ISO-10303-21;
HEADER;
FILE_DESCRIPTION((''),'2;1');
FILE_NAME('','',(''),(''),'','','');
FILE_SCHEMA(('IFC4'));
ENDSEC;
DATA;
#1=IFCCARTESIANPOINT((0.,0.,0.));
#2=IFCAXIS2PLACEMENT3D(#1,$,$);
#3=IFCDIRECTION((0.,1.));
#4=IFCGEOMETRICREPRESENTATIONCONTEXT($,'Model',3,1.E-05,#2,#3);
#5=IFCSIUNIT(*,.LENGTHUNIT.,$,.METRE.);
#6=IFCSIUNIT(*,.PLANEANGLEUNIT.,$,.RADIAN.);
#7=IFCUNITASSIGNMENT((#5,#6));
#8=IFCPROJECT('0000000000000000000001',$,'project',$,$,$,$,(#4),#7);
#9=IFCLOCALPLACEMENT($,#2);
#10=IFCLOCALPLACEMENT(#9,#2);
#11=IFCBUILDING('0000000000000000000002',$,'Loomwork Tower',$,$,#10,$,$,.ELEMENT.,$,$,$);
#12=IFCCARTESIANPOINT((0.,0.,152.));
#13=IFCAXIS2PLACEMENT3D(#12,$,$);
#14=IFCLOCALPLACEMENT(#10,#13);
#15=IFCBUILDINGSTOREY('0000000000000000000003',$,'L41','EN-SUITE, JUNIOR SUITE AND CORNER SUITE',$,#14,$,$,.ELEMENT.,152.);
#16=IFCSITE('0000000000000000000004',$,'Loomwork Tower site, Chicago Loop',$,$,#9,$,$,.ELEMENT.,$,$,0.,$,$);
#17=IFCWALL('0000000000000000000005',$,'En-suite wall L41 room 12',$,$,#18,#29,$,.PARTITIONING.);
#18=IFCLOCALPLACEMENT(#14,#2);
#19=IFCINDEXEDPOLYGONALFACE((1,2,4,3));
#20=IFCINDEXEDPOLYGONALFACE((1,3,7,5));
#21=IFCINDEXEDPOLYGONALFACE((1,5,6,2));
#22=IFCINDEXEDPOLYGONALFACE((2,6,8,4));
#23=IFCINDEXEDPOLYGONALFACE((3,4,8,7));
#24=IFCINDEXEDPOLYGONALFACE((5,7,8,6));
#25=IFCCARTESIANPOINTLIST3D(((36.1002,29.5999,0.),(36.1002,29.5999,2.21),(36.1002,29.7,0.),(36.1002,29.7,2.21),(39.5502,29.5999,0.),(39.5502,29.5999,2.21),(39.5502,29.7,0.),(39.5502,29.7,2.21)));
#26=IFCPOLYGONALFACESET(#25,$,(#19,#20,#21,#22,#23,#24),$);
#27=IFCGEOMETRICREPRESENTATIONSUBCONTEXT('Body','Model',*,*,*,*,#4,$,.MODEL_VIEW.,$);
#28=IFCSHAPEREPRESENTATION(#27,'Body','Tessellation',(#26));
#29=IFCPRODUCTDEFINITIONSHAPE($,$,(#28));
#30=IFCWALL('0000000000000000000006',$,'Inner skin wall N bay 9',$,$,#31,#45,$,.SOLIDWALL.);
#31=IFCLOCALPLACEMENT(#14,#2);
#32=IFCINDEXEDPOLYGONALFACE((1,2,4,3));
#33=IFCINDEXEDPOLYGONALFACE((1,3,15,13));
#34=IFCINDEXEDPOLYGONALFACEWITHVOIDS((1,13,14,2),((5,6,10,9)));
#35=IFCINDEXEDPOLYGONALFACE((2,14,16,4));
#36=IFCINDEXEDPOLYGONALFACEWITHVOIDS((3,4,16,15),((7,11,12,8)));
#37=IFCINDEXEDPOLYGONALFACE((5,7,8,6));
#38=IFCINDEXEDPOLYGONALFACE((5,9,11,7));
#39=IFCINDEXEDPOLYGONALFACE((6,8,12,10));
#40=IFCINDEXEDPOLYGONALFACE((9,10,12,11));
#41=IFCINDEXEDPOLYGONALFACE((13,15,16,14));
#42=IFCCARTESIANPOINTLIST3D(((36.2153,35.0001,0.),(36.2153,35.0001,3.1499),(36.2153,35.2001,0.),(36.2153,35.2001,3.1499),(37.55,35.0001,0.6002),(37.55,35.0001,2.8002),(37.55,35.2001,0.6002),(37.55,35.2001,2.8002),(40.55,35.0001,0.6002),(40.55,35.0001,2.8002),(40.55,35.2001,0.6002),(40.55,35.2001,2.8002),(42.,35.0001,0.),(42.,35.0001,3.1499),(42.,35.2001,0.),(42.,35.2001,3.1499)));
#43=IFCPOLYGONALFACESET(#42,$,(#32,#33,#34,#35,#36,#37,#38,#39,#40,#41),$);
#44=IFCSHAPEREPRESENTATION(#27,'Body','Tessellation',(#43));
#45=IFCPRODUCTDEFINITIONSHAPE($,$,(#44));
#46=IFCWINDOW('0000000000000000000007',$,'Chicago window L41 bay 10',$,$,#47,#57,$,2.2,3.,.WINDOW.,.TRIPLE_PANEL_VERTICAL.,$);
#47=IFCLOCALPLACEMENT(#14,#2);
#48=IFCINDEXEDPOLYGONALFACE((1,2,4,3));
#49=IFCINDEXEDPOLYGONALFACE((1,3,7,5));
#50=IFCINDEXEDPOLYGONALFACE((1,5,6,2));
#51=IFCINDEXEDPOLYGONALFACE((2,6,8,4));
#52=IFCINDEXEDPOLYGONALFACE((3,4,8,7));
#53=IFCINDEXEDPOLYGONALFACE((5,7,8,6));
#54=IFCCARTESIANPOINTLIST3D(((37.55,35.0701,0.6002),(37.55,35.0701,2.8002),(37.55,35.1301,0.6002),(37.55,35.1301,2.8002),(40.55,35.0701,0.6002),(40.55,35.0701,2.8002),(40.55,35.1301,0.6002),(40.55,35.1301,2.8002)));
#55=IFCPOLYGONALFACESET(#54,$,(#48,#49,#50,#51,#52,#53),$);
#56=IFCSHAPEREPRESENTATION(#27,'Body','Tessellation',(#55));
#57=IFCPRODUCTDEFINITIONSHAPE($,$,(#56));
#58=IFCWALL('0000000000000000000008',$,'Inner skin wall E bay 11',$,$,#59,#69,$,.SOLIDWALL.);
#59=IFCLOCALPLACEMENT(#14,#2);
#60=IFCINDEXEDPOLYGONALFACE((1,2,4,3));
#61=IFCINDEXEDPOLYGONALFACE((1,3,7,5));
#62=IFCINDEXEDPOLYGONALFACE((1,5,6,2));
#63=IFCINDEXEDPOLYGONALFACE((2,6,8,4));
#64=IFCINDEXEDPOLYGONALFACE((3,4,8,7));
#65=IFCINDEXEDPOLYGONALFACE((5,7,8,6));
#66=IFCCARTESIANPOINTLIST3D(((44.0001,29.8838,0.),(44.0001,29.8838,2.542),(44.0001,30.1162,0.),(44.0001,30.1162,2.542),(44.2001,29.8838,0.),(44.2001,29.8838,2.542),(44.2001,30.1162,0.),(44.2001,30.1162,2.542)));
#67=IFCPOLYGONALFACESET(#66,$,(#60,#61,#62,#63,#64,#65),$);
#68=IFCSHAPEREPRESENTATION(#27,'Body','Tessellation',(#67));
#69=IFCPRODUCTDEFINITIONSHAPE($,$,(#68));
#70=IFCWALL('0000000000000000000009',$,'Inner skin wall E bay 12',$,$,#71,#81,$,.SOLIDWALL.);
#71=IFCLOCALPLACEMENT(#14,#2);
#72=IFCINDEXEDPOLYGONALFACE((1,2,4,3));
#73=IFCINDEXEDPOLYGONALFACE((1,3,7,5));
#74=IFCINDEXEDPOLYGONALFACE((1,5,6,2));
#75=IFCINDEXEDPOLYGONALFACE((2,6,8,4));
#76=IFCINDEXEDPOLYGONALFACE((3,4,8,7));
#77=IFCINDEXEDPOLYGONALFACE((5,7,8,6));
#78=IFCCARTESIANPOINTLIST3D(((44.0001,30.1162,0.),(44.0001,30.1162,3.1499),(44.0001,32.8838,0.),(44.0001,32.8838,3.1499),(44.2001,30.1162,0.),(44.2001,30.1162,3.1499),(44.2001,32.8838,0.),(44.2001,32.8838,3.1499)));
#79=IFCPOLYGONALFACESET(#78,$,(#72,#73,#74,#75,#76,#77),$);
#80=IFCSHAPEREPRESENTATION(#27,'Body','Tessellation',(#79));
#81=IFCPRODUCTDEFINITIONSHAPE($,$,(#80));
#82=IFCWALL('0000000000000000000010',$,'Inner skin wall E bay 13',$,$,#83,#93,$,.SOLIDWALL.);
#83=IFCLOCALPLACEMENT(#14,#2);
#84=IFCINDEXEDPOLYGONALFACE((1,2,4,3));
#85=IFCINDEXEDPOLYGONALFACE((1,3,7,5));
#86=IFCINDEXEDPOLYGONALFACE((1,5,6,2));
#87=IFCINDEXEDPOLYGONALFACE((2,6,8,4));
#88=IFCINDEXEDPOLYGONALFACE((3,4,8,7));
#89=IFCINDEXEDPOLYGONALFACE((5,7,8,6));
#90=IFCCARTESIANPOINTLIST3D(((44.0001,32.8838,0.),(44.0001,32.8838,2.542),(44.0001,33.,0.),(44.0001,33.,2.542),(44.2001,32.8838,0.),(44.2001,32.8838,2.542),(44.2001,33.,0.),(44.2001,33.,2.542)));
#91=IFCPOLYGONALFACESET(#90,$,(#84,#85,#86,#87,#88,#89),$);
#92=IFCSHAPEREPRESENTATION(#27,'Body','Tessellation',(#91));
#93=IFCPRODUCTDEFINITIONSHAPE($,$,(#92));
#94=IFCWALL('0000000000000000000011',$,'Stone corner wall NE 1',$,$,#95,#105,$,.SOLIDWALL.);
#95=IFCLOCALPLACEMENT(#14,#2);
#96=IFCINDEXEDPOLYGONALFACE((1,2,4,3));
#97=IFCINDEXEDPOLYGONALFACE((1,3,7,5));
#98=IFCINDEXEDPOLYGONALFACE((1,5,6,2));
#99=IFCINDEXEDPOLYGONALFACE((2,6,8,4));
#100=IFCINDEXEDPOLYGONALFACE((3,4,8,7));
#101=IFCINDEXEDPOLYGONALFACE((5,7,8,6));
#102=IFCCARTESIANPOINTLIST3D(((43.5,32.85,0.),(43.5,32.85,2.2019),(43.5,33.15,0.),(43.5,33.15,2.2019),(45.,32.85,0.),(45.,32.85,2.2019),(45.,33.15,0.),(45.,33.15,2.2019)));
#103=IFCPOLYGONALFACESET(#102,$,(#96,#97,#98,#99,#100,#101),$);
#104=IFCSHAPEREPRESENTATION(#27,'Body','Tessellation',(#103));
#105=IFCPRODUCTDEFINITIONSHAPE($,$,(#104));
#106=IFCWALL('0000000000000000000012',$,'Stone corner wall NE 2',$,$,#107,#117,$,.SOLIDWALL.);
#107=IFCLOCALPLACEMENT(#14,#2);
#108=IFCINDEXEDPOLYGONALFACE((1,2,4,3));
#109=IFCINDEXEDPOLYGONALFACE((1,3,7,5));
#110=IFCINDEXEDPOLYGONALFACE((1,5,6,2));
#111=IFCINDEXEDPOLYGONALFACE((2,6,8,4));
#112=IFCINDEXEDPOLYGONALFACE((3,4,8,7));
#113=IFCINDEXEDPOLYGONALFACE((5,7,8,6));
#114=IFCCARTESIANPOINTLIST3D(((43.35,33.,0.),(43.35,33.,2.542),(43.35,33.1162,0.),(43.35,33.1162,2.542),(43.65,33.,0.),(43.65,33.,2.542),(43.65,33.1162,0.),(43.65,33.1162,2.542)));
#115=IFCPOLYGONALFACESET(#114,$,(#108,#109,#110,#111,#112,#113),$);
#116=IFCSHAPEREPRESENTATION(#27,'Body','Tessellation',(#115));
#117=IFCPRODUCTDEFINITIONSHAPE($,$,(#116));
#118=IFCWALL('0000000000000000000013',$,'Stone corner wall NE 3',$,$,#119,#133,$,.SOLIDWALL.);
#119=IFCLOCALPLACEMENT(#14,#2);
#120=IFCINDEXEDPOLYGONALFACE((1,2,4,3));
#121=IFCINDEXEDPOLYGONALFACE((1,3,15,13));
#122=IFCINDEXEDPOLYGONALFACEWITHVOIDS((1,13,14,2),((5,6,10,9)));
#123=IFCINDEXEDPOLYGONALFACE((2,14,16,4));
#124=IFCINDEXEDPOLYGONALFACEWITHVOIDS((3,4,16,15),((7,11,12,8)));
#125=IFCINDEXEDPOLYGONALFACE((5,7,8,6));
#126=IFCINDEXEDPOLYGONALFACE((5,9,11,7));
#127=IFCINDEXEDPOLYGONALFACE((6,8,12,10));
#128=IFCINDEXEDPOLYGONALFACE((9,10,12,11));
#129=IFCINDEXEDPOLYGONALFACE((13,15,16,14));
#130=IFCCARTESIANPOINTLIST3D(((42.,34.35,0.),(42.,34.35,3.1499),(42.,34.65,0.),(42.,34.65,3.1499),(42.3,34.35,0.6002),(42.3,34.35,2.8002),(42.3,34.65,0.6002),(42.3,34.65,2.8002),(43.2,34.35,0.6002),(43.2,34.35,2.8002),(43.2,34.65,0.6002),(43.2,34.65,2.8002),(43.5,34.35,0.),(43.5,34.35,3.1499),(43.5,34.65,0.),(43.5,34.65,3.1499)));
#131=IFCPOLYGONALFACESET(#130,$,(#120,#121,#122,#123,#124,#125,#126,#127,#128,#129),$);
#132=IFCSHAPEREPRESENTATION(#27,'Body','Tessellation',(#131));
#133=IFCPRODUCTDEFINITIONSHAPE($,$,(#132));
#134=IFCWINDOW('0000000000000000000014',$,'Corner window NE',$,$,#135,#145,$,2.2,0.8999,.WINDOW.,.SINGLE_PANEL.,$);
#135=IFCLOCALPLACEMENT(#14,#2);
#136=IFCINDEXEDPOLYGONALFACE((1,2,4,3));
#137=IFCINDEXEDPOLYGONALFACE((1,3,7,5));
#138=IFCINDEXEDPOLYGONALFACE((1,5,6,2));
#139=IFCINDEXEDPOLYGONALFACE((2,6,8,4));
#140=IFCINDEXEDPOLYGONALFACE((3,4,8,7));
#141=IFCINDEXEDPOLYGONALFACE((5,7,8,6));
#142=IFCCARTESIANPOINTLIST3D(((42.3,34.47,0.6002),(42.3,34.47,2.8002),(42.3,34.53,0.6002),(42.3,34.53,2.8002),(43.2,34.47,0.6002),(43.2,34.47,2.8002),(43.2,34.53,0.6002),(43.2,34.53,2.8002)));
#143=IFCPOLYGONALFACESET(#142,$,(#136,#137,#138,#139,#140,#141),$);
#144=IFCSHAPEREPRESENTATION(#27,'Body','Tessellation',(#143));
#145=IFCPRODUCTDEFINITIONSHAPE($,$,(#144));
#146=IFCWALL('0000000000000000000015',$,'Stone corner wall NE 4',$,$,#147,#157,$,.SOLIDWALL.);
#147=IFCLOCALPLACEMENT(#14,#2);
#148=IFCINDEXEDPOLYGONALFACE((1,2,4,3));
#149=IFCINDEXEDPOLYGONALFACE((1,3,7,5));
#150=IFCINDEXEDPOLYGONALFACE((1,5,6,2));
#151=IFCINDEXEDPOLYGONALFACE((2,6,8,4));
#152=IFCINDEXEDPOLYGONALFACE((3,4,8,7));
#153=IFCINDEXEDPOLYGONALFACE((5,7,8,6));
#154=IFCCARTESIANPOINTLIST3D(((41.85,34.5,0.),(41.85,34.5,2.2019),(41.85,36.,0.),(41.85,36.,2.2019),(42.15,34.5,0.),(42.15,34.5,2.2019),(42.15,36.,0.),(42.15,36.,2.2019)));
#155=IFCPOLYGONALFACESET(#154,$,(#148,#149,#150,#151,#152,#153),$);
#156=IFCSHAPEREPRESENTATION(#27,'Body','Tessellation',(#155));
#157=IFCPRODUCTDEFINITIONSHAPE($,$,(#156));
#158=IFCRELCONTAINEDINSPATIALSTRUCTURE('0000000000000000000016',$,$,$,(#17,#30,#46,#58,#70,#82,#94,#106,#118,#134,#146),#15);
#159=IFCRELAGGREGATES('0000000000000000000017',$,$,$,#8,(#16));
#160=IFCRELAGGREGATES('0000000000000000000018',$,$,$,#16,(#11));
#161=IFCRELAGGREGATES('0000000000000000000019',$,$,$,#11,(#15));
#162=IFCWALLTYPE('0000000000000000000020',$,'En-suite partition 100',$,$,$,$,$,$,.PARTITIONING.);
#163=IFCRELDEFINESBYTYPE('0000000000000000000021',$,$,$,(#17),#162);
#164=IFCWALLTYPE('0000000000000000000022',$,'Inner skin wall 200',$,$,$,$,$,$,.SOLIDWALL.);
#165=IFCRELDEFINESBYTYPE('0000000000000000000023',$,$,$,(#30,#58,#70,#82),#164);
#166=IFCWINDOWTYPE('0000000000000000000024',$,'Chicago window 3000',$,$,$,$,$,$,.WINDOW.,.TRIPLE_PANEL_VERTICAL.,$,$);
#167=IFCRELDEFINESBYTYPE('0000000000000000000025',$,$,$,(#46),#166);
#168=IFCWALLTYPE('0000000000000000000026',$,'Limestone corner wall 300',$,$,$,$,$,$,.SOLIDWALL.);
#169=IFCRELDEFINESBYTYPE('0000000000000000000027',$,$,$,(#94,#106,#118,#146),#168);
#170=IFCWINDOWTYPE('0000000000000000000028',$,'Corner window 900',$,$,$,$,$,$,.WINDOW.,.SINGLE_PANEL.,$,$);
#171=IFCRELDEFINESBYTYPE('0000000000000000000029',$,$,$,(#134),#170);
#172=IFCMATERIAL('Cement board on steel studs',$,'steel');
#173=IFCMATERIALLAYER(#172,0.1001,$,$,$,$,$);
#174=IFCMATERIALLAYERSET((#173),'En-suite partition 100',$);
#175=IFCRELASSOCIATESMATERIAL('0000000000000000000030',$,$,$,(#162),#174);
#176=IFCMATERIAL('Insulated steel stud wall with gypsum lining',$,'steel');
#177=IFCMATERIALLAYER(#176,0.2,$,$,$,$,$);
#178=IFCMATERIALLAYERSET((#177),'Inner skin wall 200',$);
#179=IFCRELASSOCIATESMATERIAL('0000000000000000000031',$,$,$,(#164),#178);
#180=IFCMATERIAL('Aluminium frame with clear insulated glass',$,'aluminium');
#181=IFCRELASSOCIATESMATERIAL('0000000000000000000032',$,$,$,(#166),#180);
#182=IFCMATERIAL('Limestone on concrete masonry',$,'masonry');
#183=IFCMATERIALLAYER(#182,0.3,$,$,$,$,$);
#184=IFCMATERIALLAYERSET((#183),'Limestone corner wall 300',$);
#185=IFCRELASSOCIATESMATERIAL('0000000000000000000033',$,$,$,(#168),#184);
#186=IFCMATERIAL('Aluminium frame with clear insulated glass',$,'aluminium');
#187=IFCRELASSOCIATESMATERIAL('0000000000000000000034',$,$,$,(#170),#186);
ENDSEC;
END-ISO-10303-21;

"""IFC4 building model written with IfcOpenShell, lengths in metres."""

from ifc_helpers import new_model, si_unit, direction, frame, frame_2d, origin, place, context, subcontext, project, spatial, rectangle, extrude, material, layer, layer_set, type_object, element, fill, save


model = new_model("IFC4")

# Units and contexts
model_context = context("Model", 3, precision=1e-05, world=origin(), true_north=direction((0.0, 1.0)))
body_context = subcontext(model_context, "Body", "Model", "MODEL_VIEW")
ifc_project = project(units=[si_unit("LENGTHUNIT", "METRE"), si_unit("PLANEANGLEUNIT", "RADIAN")], contexts=[model_context])

# Site, building, storey
site_placement = place(None, origin())
site = spatial("IfcSite", under=ifc_project, at=site_placement, Name="Loomwork Tower site, Chicago Loop", CompositionType="ELEMENT", RefElevation=0.0)
building_placement = place(site_placement, origin())
building = spatial("IfcBuilding", under=site, at=building_placement, Name="Loomwork Tower", CompositionType="ELEMENT")
storey_placement = place(building_placement, frame((0.0, 0.0, 152.0)))
storey = spatial("IfcBuildingStorey", under=building, at=storey_placement, Name="L41", Description="EN-SUITE, JUNIOR SUITE AND CORNER SUITE", CompositionType="ELEMENT", Elevation=152.0)

# Wall
ifc_material_1 = material(Name="Cement board on steel studs", Category="steel")
ifc_layer_1 = layer(ifc_material_1, 0.1001)
ifc_layer_set_1 = layer_set([ifc_layer_1], Name="En-suite partition 100")
wall_type_1 = type_object("IfcWallType", Name="En-suite partition 100", PredefinedType="PARTITIONING", material=ifc_layer_set_1)
wall_1_placement = place(storey_placement, frame((36.1001, 29.6499, 0.0), z_axis=(0.0, 0.0, 1.0), x_axis=(1.0, 0.0, 0.0)))
element("IfcWall", 1, at=wall_1_placement, inside=storey, type_object=wall_type_1, Name="En-suite wall L41 room 12", PredefinedType="PARTITIONING", context=body_context, shape_type="SweptSolid", body=[
    extrude(rectangle(XDim=3.45, YDim=0.1001, at=frame_2d((1.7251, 0.0))), origin(), (0.0, 0.0, 1.0), 2.21),
])

# Wall, opening, window
ifc_material_2 = material(Name="Insulated steel stud wall with gypsum lining", Category="steel")
ifc_layer_2 = layer(ifc_material_2, 0.2)
ifc_layer_set_2 = layer_set([ifc_layer_2], Name="Inner skin wall 200")
wall_type_2 = type_object("IfcWallType", Name="Inner skin wall 200", PredefinedType="SOLIDWALL", material=ifc_layer_set_2)
wall_2_placement = place(storey_placement, frame((36.2153, 35.1001, 0.0), z_axis=(0.0, 0.0, 1.0), x_axis=(1.0, 0.0, 0.0)))
wall_2 = element("IfcWall", 2, at=wall_2_placement, inside=storey, type_object=wall_type_2, Name="Inner skin wall N bay 9", PredefinedType="SOLIDWALL", context=body_context, shape_type="SweptSolid", body=[
    extrude(rectangle(XDim=5.7847, YDim=0.2, at=frame_2d((2.8923, 0.0))), origin(), (0.0, 0.0, 1.0), 3.1499),
])
opening_1_placement = place(wall_2_placement, frame((1.3347, 0.0, 0.6001)))
opening_1 = element("IfcOpeningElement", 3, at=opening_1_placement, cuts=wall_2, PredefinedType="OPENING", context=body_context, shape_type="SweptSolid", body=[
    extrude(rectangle(XDim=3.0, YDim=2.2, at=frame_2d((1.5, 1.1001))), frame((0.0, 0.1099, 0.0), z_axis=(0.0, -1.0, 0.0), x_axis=(1.0, 0.0, 0.0)), (0.0, 0.0, 1.0), 0.22),
])
ifc_material_3 = material(Name="Aluminium frame with clear insulated glass", Category="aluminium")
window_type_1 = type_object("IfcWindowType", Name="Chicago window 3000", PartitioningType="TRIPLE_PANEL_VERTICAL", PredefinedType="WINDOW", material=ifc_material_3)
window_1_placement = place(opening_1_placement, origin())
window_1 = element("IfcWindow", 4, at=window_1_placement, inside=storey, type_object=window_type_1, Name="Chicago window L41 bay 10", OverallHeight=2.2, OverallWidth=3.0, PartitioningType="TRIPLE_PANEL_VERTICAL", PredefinedType="WINDOW", context=body_context, shape_type="SweptSolid", body=[
    extrude(rectangle(XDim=3.0, YDim=2.2, at=frame_2d((1.5, 1.1001))), frame((0.0, 0.03, 0.0), z_axis=(0.0, -1.0, 0.0), x_axis=(1.0, 0.0, 0.0)), (0.0, 0.0, 1.0), 0.0601),
])
fill(opening_1, window_1)

# Walls
wall_3_placement = place(storey_placement, frame((44.1001, 29.8838, 0.0), z_axis=(0.0, 0.0, 1.0), x_axis=(0.0, 1.0, 0.0)))
element("IfcWall", 5, at=wall_3_placement, inside=storey, type_object=wall_type_2, Name="Inner skin wall E bay 11", PredefinedType="SOLIDWALL", context=body_context, shape_type="SweptSolid", body=[
    extrude(rectangle(XDim=0.2324, YDim=0.2, at=frame_2d((0.1162, 0.0))), origin(), (0.0, 0.0, 1.0), 2.542),
])
wall_4_placement = place(storey_placement, frame((44.1001, 30.1162, 0.0), z_axis=(0.0, 0.0, 1.0), x_axis=(0.0, 1.0, 0.0)))
element("IfcWall", 6, at=wall_4_placement, inside=storey, type_object=wall_type_2, Name="Inner skin wall E bay 12", PredefinedType="SOLIDWALL", context=body_context, shape_type="SweptSolid", body=[
    extrude(rectangle(XDim=2.7676, YDim=0.2, at=frame_2d((1.3838, 0.0))), origin(), (0.0, 0.0, 1.0), 3.1499),
])
wall_5_placement = place(storey_placement, frame((44.1001, 32.8838, 0.0), z_axis=(0.0, 0.0, 1.0), x_axis=(0.0, 1.0, 0.0)))
element("IfcWall", 7, at=wall_5_placement, inside=storey, type_object=wall_type_2, Name="Inner skin wall E bay 13", PredefinedType="SOLIDWALL", context=body_context, shape_type="SweptSolid", body=[
    extrude(rectangle(XDim=0.1162, YDim=0.2, at=frame_2d((0.0581, 0.0))), origin(), (0.0, 0.0, 1.0), 2.542),
])
ifc_material_4 = material(Name="Limestone on concrete masonry", Category="masonry")
ifc_layer_3 = layer(ifc_material_4, 0.3)
ifc_layer_set_3 = layer_set([ifc_layer_3], Name="Limestone corner wall 300")
wall_type_3 = type_object("IfcWallType", Name="Limestone corner wall 300", PredefinedType="SOLIDWALL", material=ifc_layer_set_3)
wall_6_placement = place(storey_placement, frame((45.0, 33.0, 0.0), z_axis=(0.0, 0.0, 1.0), x_axis=(-1.0, 0.0, 0.0)))
element("IfcWall", 8, at=wall_6_placement, inside=storey, type_object=wall_type_3, Name="Stone corner wall NE 1", PredefinedType="SOLIDWALL", context=body_context, shape_type="SweptSolid", body=[
    extrude(rectangle(XDim=1.5, YDim=0.3, at=frame_2d((0.75, 0.0))), origin(), (0.0, 0.0, 1.0), 2.2019),
])
wall_7_placement = place(storey_placement, frame((43.5, 33.0, 0.0), z_axis=(0.0, 0.0, 1.0), x_axis=(0.0, 1.0, 0.0)))
element("IfcWall", 9, at=wall_7_placement, inside=storey, type_object=wall_type_3, Name="Stone corner wall NE 2", PredefinedType="SOLIDWALL", context=body_context, shape_type="SweptSolid", body=[
    extrude(rectangle(XDim=0.1162, YDim=0.3, at=frame_2d((0.0581, 0.0))), origin(), (0.0, 0.0, 1.0), 2.542),
])

# Wall, opening, window
wall_8_placement = place(storey_placement, frame((43.5, 34.5, 0.0), z_axis=(0.0, 0.0, 1.0), x_axis=(-1.0, 0.0, 0.0)))
wall_8 = element("IfcWall", 10, at=wall_8_placement, inside=storey, type_object=wall_type_3, Name="Stone corner wall NE 3", PredefinedType="SOLIDWALL", context=body_context, shape_type="SweptSolid", body=[
    extrude(rectangle(XDim=1.5, YDim=0.3, at=frame_2d((0.75, 0.0))), origin(), (0.0, 0.0, 1.0), 3.1499),
])
opening_2_placement = place(wall_8_placement, frame((0.3, 0.0, 0.6001)))
opening_2 = element("IfcOpeningElement", 11, at=opening_2_placement, cuts=wall_8, PredefinedType="OPENING", context=body_context, shape_type="SweptSolid", body=[
    extrude(rectangle(XDim=0.8999, YDim=2.2, at=frame_2d((0.45, 1.1001))), frame((0.0, 0.1599, 0.0), z_axis=(0.0, -1.0, 0.0), x_axis=(1.0, 0.0, 0.0)), (0.0, 0.0, 1.0), 0.3201),
])
ifc_material_5 = material(Name="Aluminium frame with clear insulated glass", Category="aluminium")
window_type_2 = type_object("IfcWindowType", Name="Corner window 900", PartitioningType="SINGLE_PANEL", PredefinedType="WINDOW", material=ifc_material_5)
window_2_placement = place(opening_2_placement, origin())
window_2 = element("IfcWindow", 12, at=window_2_placement, inside=storey, type_object=window_type_2, Name="Corner window NE", OverallHeight=2.2, OverallWidth=0.8999, PartitioningType="SINGLE_PANEL", PredefinedType="WINDOW", context=body_context, shape_type="SweptSolid", body=[
    extrude(rectangle(XDim=0.8999, YDim=2.2, at=frame_2d((0.45, 1.1001))), frame((0.0, 0.03, 0.0), z_axis=(0.0, -1.0, 0.0), x_axis=(1.0, 0.0, 0.0)), (0.0, 0.0, 1.0), 0.0601),
])
fill(opening_2, window_2)

# Wall
wall_9_placement = place(storey_placement, frame((42.0, 34.5, 0.0), z_axis=(0.0, 0.0, 1.0), x_axis=(0.0, 1.0, 0.0)))
element("IfcWall", 13, at=wall_9_placement, inside=storey, type_object=wall_type_3, Name="Stone corner wall NE 4", PredefinedType="SOLIDWALL", context=body_context, shape_type="SweptSolid", body=[
    extrude(rectangle(XDim=1.5, YDim=0.3, at=frame_2d((0.75, 0.0))), origin(), (0.0, 0.0, 1.0), 2.2019),
])

save(model, "model.ifc")
